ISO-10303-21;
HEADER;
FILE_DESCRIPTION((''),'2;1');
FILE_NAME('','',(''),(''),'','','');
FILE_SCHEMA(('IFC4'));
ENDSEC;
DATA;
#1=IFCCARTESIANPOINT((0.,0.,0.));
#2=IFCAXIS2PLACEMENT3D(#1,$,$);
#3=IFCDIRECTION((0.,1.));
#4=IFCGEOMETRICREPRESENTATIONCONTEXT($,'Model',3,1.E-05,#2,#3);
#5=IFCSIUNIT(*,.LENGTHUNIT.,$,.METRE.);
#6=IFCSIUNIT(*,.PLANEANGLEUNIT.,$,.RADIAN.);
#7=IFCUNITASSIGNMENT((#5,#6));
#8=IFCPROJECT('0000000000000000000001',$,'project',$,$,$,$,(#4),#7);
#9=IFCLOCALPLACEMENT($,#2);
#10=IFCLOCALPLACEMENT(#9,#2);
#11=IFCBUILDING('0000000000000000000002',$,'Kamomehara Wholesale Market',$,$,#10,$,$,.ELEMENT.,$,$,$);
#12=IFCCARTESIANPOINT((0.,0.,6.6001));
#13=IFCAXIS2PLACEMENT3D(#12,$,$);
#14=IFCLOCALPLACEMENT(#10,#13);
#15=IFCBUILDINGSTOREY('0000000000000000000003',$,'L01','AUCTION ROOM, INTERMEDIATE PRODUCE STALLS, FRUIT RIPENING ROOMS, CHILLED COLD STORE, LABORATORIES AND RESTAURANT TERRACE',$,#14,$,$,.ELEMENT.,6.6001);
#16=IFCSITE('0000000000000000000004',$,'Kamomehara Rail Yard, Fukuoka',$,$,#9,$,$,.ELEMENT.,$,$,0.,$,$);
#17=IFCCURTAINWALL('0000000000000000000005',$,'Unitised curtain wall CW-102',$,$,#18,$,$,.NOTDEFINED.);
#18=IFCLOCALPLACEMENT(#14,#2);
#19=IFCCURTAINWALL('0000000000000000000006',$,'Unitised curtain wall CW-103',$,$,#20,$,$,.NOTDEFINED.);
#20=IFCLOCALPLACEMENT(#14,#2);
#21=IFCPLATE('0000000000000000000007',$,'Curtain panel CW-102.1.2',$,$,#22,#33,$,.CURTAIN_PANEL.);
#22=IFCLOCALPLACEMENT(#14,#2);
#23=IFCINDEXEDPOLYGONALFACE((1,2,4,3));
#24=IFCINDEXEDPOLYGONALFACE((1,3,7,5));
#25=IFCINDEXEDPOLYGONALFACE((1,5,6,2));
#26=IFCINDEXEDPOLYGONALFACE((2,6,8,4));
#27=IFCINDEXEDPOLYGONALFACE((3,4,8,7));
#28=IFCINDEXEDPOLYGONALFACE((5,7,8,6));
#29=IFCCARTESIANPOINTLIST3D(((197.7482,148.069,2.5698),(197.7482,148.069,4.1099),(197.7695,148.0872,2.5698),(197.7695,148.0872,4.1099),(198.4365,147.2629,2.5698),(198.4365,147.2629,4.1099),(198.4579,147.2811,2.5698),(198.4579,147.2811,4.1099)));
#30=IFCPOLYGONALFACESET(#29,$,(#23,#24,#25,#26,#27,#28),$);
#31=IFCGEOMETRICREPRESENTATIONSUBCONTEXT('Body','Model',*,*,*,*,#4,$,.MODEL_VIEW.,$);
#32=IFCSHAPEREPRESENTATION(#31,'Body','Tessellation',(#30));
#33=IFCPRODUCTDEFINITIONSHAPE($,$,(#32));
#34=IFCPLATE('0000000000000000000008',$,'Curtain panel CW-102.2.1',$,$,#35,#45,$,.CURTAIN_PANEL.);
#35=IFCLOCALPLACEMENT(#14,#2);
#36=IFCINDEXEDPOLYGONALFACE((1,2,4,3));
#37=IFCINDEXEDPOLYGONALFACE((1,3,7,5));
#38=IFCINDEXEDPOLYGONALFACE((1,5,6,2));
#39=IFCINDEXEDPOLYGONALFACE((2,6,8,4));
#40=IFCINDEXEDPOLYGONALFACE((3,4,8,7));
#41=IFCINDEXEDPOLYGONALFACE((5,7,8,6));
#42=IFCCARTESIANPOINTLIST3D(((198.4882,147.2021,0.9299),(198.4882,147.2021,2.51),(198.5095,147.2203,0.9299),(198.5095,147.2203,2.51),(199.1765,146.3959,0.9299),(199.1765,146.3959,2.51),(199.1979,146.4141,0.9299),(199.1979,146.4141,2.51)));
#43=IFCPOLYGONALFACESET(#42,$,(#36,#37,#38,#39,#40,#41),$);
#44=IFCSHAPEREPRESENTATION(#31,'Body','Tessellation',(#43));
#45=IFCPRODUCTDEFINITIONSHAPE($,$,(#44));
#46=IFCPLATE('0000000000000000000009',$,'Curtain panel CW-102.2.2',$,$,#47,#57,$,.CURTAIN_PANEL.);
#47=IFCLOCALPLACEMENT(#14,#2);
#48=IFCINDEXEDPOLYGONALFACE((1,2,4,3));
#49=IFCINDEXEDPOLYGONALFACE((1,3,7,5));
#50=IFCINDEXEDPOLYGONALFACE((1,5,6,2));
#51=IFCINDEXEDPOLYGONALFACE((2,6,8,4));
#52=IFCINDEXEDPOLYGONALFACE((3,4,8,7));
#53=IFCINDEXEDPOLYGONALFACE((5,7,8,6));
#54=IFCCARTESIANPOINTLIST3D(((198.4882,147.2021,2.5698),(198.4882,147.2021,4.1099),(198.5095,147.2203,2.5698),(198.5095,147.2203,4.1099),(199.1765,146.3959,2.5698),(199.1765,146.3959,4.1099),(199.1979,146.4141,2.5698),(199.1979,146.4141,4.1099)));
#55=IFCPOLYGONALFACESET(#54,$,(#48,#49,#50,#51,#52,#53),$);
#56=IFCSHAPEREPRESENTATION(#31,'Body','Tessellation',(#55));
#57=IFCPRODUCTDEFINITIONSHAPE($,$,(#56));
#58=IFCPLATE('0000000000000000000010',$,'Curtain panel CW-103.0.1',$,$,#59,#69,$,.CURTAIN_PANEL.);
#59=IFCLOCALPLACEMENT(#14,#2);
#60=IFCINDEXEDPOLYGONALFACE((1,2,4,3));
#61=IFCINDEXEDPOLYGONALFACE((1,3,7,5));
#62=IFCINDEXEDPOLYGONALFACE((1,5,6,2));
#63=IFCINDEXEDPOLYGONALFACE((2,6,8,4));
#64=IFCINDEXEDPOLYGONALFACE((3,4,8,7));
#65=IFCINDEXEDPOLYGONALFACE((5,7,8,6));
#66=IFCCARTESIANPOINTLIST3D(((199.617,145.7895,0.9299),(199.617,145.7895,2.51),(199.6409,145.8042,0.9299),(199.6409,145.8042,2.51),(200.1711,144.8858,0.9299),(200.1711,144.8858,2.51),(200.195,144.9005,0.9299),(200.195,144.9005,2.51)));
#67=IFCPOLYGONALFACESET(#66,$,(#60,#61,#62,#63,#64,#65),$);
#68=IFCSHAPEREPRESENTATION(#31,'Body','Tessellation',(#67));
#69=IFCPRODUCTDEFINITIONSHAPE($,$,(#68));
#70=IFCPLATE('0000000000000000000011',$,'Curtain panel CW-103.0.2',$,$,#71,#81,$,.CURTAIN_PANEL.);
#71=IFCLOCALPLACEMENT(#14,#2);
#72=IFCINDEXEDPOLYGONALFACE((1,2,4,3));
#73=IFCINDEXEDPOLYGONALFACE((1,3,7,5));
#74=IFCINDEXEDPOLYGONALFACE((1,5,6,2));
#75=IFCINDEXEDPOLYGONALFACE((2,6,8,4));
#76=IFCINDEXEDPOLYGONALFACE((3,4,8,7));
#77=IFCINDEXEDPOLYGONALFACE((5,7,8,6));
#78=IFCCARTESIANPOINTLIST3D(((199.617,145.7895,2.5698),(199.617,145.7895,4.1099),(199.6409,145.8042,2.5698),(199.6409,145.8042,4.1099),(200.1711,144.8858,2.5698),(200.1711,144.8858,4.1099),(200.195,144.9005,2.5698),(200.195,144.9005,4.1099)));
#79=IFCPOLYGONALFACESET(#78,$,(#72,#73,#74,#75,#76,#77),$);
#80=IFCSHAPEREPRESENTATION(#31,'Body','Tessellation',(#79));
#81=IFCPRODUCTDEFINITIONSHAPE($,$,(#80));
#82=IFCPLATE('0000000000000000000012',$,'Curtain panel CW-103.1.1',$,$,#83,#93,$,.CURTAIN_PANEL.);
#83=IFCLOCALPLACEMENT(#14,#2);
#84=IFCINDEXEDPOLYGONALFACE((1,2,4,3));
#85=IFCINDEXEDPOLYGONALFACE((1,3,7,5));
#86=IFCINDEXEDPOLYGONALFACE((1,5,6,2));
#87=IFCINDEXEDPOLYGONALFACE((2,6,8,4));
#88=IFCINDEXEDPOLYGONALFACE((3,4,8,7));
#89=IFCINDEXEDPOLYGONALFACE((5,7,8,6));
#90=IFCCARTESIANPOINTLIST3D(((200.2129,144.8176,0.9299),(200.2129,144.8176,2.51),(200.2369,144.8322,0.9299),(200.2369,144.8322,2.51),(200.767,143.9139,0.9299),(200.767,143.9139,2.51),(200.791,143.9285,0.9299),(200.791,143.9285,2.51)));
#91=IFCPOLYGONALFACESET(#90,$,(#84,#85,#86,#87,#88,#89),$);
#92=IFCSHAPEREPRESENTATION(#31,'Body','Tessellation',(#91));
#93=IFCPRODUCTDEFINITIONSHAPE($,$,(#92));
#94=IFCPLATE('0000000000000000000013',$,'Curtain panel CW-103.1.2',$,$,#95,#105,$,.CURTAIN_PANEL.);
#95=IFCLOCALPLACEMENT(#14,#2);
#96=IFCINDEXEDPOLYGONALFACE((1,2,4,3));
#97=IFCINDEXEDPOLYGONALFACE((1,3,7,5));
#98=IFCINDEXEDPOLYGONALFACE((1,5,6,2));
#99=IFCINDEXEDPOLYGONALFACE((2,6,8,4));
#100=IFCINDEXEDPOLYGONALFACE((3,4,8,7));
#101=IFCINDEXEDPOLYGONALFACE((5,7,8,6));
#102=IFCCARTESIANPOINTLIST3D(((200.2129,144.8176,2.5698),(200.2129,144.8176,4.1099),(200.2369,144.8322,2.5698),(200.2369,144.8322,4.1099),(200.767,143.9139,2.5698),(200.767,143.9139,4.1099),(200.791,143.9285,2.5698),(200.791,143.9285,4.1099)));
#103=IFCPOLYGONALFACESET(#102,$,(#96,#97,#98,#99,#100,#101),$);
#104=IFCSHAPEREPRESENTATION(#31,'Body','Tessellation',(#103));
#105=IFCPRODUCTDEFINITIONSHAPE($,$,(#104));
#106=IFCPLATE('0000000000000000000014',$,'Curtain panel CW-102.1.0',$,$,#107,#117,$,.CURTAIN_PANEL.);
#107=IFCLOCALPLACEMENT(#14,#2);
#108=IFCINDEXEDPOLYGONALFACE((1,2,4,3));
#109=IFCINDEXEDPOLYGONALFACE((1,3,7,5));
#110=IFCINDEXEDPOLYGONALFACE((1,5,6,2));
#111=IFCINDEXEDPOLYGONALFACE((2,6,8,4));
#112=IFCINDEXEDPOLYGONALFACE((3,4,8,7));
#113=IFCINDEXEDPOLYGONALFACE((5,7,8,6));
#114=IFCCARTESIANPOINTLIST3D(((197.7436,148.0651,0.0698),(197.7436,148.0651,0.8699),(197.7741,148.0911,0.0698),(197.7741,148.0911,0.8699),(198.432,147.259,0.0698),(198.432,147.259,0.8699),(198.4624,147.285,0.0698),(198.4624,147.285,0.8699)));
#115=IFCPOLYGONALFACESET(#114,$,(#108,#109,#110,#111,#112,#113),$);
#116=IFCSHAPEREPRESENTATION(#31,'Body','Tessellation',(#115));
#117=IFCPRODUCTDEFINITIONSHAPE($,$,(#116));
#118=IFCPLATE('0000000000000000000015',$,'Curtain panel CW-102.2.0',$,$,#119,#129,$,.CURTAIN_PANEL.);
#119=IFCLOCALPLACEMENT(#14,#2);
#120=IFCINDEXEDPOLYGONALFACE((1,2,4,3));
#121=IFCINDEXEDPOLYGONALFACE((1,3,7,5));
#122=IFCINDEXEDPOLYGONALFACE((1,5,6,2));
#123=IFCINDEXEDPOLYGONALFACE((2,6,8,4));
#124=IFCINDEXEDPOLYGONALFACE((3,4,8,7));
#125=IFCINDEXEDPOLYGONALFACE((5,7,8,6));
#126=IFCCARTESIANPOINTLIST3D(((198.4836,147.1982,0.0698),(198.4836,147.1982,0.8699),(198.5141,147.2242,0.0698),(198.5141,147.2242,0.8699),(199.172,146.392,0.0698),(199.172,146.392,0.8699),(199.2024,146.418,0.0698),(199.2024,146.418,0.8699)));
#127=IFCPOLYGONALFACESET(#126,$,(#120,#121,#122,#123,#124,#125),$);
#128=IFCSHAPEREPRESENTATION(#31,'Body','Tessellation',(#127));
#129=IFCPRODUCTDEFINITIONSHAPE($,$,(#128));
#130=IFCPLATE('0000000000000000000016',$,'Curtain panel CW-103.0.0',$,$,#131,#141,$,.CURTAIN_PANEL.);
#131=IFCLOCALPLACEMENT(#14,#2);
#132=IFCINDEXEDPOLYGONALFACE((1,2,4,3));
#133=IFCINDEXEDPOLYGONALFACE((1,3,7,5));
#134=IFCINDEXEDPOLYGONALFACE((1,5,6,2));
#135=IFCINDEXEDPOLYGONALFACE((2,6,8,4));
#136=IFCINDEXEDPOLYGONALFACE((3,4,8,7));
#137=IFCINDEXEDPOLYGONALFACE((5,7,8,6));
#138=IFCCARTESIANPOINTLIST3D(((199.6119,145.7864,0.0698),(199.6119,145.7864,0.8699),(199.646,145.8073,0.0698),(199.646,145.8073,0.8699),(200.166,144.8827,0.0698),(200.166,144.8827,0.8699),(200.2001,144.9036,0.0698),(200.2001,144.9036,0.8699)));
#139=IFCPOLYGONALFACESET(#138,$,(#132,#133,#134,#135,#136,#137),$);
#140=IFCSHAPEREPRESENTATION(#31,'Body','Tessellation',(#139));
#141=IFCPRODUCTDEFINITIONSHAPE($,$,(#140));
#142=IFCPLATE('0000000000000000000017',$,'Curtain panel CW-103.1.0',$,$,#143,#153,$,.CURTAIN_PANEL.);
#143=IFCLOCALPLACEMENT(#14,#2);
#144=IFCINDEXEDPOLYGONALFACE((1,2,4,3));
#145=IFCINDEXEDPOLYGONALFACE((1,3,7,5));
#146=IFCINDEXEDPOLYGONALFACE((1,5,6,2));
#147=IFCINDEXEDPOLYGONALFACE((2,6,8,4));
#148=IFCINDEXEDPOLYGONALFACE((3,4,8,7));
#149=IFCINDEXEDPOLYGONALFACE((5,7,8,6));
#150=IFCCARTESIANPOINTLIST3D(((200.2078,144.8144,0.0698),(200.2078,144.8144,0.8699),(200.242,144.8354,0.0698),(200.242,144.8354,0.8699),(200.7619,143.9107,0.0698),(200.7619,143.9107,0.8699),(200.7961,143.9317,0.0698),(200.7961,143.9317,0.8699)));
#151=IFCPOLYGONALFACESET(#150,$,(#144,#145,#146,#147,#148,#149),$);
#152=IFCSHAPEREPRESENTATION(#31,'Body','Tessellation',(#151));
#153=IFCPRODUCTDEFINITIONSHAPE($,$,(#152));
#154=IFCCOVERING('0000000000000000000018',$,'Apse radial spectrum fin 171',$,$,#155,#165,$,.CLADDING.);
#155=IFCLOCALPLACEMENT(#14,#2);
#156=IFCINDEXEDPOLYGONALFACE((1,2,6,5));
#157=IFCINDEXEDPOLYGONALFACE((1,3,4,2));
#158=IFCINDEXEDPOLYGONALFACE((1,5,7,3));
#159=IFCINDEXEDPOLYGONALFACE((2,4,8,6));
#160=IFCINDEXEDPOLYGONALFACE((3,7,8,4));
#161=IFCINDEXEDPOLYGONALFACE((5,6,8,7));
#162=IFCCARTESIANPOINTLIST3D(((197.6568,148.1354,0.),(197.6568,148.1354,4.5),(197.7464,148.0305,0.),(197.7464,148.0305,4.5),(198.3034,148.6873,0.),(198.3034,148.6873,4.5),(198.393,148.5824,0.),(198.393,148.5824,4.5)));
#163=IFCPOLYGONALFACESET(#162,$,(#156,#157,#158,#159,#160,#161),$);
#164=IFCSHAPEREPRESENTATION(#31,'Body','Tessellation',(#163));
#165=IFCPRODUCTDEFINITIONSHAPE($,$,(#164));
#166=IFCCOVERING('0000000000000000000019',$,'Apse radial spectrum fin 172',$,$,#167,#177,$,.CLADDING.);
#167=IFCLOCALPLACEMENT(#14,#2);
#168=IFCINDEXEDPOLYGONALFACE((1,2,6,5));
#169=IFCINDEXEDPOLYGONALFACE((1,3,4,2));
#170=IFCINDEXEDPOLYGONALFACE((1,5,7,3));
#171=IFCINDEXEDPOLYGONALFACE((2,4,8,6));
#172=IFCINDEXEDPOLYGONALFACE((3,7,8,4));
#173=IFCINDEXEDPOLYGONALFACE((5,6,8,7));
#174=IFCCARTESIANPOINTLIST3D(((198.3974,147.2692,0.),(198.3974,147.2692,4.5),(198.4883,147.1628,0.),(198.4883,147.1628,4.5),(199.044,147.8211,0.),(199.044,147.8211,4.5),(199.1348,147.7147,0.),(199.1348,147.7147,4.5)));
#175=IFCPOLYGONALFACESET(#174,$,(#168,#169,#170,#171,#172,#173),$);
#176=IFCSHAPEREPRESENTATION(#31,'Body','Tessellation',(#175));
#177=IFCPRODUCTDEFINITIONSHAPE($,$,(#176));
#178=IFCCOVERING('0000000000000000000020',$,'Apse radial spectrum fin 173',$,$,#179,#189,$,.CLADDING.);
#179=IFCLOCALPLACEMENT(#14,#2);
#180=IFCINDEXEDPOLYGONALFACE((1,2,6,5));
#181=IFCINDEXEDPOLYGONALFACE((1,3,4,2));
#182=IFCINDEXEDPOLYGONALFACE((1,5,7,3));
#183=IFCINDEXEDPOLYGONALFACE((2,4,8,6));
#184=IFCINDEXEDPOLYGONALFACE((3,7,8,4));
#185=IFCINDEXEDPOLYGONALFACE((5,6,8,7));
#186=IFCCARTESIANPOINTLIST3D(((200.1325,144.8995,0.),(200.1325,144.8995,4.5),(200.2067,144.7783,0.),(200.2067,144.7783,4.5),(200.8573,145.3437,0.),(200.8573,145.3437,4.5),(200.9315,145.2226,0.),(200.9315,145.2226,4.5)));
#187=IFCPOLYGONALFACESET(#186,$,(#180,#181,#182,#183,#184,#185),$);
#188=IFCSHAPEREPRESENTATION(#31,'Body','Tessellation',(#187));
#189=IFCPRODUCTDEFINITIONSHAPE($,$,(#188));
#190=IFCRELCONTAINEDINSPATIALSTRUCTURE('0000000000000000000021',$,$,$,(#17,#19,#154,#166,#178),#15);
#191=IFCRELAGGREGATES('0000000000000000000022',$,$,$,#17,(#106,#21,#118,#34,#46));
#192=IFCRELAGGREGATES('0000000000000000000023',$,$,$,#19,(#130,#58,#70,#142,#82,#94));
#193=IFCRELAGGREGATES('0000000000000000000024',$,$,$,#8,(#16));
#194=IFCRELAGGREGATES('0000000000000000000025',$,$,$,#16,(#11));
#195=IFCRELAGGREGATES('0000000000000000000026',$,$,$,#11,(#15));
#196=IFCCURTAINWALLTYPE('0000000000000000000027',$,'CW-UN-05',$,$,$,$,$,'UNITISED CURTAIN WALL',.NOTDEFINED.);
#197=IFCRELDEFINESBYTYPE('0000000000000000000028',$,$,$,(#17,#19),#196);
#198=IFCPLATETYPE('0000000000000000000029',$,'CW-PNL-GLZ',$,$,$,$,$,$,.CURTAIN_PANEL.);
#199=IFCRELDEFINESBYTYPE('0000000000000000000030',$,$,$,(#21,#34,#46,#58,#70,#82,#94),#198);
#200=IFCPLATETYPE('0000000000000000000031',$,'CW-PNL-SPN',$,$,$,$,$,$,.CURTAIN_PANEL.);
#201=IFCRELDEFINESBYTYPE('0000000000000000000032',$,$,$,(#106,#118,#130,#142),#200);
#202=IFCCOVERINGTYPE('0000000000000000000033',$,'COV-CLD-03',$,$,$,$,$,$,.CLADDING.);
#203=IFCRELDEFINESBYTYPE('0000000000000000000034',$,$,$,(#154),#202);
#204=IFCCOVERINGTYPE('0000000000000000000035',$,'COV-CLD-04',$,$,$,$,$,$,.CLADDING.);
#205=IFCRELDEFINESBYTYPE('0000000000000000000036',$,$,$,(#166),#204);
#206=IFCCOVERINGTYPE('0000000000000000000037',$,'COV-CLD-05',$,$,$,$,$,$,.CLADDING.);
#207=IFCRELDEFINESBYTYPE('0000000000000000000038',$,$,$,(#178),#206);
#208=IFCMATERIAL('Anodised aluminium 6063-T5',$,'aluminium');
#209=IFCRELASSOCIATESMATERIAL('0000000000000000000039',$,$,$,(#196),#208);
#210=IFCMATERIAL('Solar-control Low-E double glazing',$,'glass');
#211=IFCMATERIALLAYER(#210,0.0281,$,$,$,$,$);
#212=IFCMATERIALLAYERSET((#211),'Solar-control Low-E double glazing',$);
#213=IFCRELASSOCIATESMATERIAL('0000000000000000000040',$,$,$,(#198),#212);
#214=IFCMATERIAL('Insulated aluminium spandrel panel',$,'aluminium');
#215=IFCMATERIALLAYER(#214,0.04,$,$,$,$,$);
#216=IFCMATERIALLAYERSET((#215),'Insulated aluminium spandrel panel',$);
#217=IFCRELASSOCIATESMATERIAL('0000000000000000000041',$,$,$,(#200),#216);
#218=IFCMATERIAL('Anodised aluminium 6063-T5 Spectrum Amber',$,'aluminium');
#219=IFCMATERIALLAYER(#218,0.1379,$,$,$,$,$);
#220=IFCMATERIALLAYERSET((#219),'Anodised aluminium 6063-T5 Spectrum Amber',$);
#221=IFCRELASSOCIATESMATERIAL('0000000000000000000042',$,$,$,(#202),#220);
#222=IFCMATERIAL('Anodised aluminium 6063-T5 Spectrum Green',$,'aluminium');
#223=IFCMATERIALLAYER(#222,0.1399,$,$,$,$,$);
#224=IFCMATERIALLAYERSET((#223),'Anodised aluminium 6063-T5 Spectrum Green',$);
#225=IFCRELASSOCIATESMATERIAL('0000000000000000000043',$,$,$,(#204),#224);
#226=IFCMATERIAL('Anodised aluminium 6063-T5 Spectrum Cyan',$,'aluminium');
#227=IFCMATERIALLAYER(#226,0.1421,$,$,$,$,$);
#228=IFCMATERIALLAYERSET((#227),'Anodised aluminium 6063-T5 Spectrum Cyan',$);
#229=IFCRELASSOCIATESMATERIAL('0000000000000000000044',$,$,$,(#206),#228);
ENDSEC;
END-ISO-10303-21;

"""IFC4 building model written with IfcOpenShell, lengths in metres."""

from ifc_helpers import new_model, si_unit, direction, frame, origin, origin_2d, place, context, subcontext, project, spatial, rectangle, extrude, material, layer, layer_set, type_object, element, aggregate, save


model = new_model("IFC4")

# Units and contexts
model_context = context("Model", 3, precision=1e-05, world=origin(), true_north=direction((0.0, 1.0)))
body_context = subcontext(model_context, "Body", "Model", "MODEL_VIEW")
ifc_project = project(units=[si_unit("LENGTHUNIT", "METRE"), si_unit("PLANEANGLEUNIT", "RADIAN")], contexts=[model_context])

# Site, building, storey
site_placement = place(None, origin())
site = spatial("IfcSite", under=ifc_project, at=site_placement, Name="Kamomehara Rail Yard, Fukuoka", CompositionType="ELEMENT", RefElevation=0.0)
building_placement = place(site_placement, origin())
building = spatial("IfcBuilding", under=site, at=building_placement, Name="Kamomehara Wholesale Market", CompositionType="ELEMENT")
storey_placement = place(building_placement, frame((0.0, 0.0, 6.6001)))
storey = spatial("IfcBuildingStorey", under=building, at=storey_placement, Name="L01", Description="AUCTION ROOM, INTERMEDIATE PRODUCE STALLS, FRUIT RIPENING ROOMS, CHILLED COLD STORE, LABORATORIES AND RESTAURANT TERRACE", CompositionType="ELEMENT", Elevation=6.6001)

# Curtain walls
ifc_material_1 = material(Name="Anodised aluminium 6063-T5", Category="aluminium")
curtain_wall_type = type_object("IfcCurtainWallType", Name="CW-UN-05", ElementType="UNITISED CURTAIN WALL", PredefinedType="NOTDEFINED", material=ifc_material_1)
curtain_wall_1_placement = place(storey_placement, origin())
curtain_wall_1 = element("IfcCurtainWall", 1, at=curtain_wall_1_placement, inside=storey, type_object=curtain_wall_type, Name="Unitised curtain wall CW-102", PredefinedType="NOTDEFINED")
curtain_wall_2_placement = place(storey_placement, origin())
curtain_wall_2 = element("IfcCurtainWall", 2, at=curtain_wall_2_placement, inside=storey, type_object=curtain_wall_type, Name="Unitised curtain wall CW-103", PredefinedType="NOTDEFINED")

# Plates
ifc_material_2 = material(Name="Solar-control Low-E double glazing", Category="glass")
ifc_layer_1 = layer(ifc_material_2, 0.0281)
ifc_layer_set_1 = layer_set([ifc_layer_1], Name="Solar-control Low-E double glazing")
plate_type_1 = type_object("IfcPlateType", Name="CW-PNL-GLZ", PredefinedType="CURTAIN_PANEL", material=ifc_layer_set_1)
plate_1_placement = place(storey_placement, frame((198.103, 147.675, 2.5698), z_axis=(0.0, 0.0, 1.0), x_axis=(0.649368, -0.760474, 0.0)))
plate_1 = element("IfcPlate", 3, at=plate_1_placement, type_object=plate_type_1, Name="Curtain panel CW-102.1.2", PredefinedType="CURTAIN_PANEL", context=body_context, shape_type="SweptSolid", body=[
    extrude(rectangle(XDim=1.0601, YDim=0.0281, at=origin_2d()), origin(), (0.0, 0.0, 1.0), 1.54),
])
plate_2_placement = place(storey_placement, frame((198.843, 146.8081, 0.9299), z_axis=(0.0, 0.0, 1.0), x_axis=(0.649368, -0.760474, 0.0)))
plate_2 = element("IfcPlate", 4, at=plate_2_placement, type_object=plate_type_1, Name="Curtain panel CW-102.2.1", PredefinedType="CURTAIN_PANEL", context=body_context, shape_type="SweptSolid", body=[
    extrude(rectangle(XDim=1.0601, YDim=0.0281, at=origin_2d()), origin(), (0.0, 0.0, 1.0), 1.5801),
])
plate_3_placement = place(storey_placement, frame((198.843, 146.8081, 2.5698), z_axis=(0.0, 0.0, 1.0), x_axis=(0.649368, -0.760474, 0.0)))
plate_3 = element("IfcPlate", 5, at=plate_3_placement, type_object=plate_type_1, Name="Curtain panel CW-102.2.2", PredefinedType="CURTAIN_PANEL", context=body_context, shape_type="SweptSolid", body=[
    extrude(rectangle(XDim=1.0601, YDim=0.0281, at=origin_2d()), origin(), (0.0, 0.0, 1.0), 1.54),
])
plate_4_placement = place(storey_placement, frame((199.906, 145.345, 0.9299), z_axis=(0.0, 0.0, 1.0), x_axis=(0.522722, -0.852503, 0.0)))
plate_4 = element("IfcPlate", 6, at=plate_4_placement, type_object=plate_type_1, Name="Curtain panel CW-103.0.1", PredefinedType="CURTAIN_PANEL", context=body_context, shape_type="SweptSolid", body=[
    extrude(rectangle(XDim=1.0601, YDim=0.0281, at=origin_2d()), origin(), (0.0, 0.0, 1.0), 1.5801),
])
plate_5_placement = place(storey_placement, frame((199.906, 145.345, 2.5698), z_axis=(0.0, 0.0, 1.0), x_axis=(0.522722, -0.852503, 0.0)))
plate_5 = element("IfcPlate", 7, at=plate_5_placement, type_object=plate_type_1, Name="Curtain panel CW-103.0.2", PredefinedType="CURTAIN_PANEL", context=body_context, shape_type="SweptSolid", body=[
    extrude(rectangle(XDim=1.0601, YDim=0.0281, at=origin_2d()), origin(), (0.0, 0.0, 1.0), 1.54),
])
plate_6_placement = place(storey_placement, frame((200.502, 144.373, 0.9299), z_axis=(0.0, 0.0, 1.0), x_axis=(0.522722, -0.852503, 0.0)))
plate_6 = element("IfcPlate", 8, at=plate_6_placement, type_object=plate_type_1, Name="Curtain panel CW-103.1.1", PredefinedType="CURTAIN_PANEL", context=body_context, shape_type="SweptSolid", body=[
    extrude(rectangle(XDim=1.0601, YDim=0.0281, at=origin_2d()), origin(), (0.0, 0.0, 1.0), 1.5801),
])
plate_7_placement = place(storey_placement, frame((200.502, 144.373, 2.5698), z_axis=(0.0, 0.0, 1.0), x_axis=(0.522722, -0.852503, 0.0)))
plate_7 = element("IfcPlate", 9, at=plate_7_placement, type_object=plate_type_1, Name="Curtain panel CW-103.1.2", PredefinedType="CURTAIN_PANEL", context=body_context, shape_type="SweptSolid", body=[
    extrude(rectangle(XDim=1.0601, YDim=0.0281, at=origin_2d()), origin(), (0.0, 0.0, 1.0), 1.54),
])
ifc_material_3 = material(Name="Insulated aluminium spandrel panel", Category="aluminium")
ifc_layer_2 = layer(ifc_material_3, 0.04)
ifc_layer_set_2 = layer_set([ifc_layer_2], Name="Insulated aluminium spandrel panel")
plate_type_2 = type_object("IfcPlateType", Name="CW-PNL-SPN", PredefinedType="CURTAIN_PANEL", material=ifc_layer_set_2)
plate_8_placement = place(storey_placement, frame((198.103, 147.675, 0.0698), z_axis=(0.0, 0.0, 1.0), x_axis=(0.649368, -0.760474, 0.0)))
plate_8 = element("IfcPlate", 10, at=plate_8_placement, type_object=plate_type_2, Name="Curtain panel CW-102.1.0", PredefinedType="CURTAIN_PANEL", context=body_context, shape_type="SweptSolid", body=[
    extrude(rectangle(XDim=1.0601, YDim=0.04, at=origin_2d()), origin(), (0.0, 0.0, 1.0), 0.8),
])
plate_9_placement = place(storey_placement, frame((198.843, 146.8081, 0.0698), z_axis=(0.0, 0.0, 1.0), x_axis=(0.649368, -0.760474, 0.0)))
plate_9 = element("IfcPlate", 11, at=plate_9_placement, type_object=plate_type_2, Name="Curtain panel CW-102.2.0", PredefinedType="CURTAIN_PANEL", context=body_context, shape_type="SweptSolid", body=[
    extrude(rectangle(XDim=1.0601, YDim=0.04, at=origin_2d()), origin(), (0.0, 0.0, 1.0), 0.8),
])
aggregate(curtain_wall_1, [plate_8, plate_1, plate_9, plate_2, plate_3])
plate_10_placement = place(storey_placement, frame((199.906, 145.345, 0.0698), z_axis=(0.0, 0.0, 1.0), x_axis=(0.522722, -0.852503, 0.0)))
plate_10 = element("IfcPlate", 12, at=plate_10_placement, type_object=plate_type_2, Name="Curtain panel CW-103.0.0", PredefinedType="CURTAIN_PANEL", context=body_context, shape_type="SweptSolid", body=[
    extrude(rectangle(XDim=1.0601, YDim=0.04, at=origin_2d()), origin(), (0.0, 0.0, 1.0), 0.8),
])
plate_11_placement = place(storey_placement, frame((200.502, 144.373, 0.0698), z_axis=(0.0, 0.0, 1.0), x_axis=(0.522722, -0.852503, 0.0)))
plate_11 = element("IfcPlate", 13, at=plate_11_placement, type_object=plate_type_2, Name="Curtain panel CW-103.1.0", PredefinedType="CURTAIN_PANEL", context=body_context, shape_type="SweptSolid", body=[
    extrude(rectangle(XDim=1.0601, YDim=0.04, at=origin_2d()), origin(), (0.0, 0.0, 1.0), 0.8),
])
aggregate(curtain_wall_2, [plate_10, plate_4, plate_5, plate_11, plate_6, plate_7])

# Coverings
ifc_material_4 = material(Name="Anodised aluminium 6063-T5 Spectrum Amber", Category="aluminium")
ifc_layer_3 = layer(ifc_material_4, 0.1379)
ifc_layer_set_3 = layer_set([ifc_layer_3], Name="Anodised aluminium 6063-T5 Spectrum Amber")
covering_type_1 = type_object("IfcCoveringType", Name="COV-CLD-03", PredefinedType="CLADDING", material=ifc_layer_set_3)
covering_1_placement = place(storey_placement, frame((198.0249, 148.3589, 0.0), z_axis=(0.0, 0.0, 1.0), x_axis=(0.649276, -0.760553, 0.0)))
element("IfcCovering", 14, at=covering_1_placement, inside=storey, type_object=covering_type_1, Name="Apse radial spectrum fin 171", PredefinedType="CLADDING", context=body_context, shape_type="SweptSolid", body=[
    extrude(rectangle(XDim=0.1379, YDim=0.8501, at=origin_2d()), origin(), (0.0, 0.0, 1.0), 4.5),
])
ifc_material_5 = material(Name="Anodised aluminium 6063-T5 Spectrum Green", Category="aluminium")
ifc_layer_4 = layer(ifc_material_5, 0.1399)
ifc_layer_set_4 = layer_set([ifc_layer_4], Name="Anodised aluminium 6063-T5 Spectrum Green")
covering_type_2 = type_object("IfcCoveringType", Name="COV-CLD-04", PredefinedType="CLADDING", material=ifc_layer_set_4)
covering_2_placement = place(storey_placement, frame((198.7661, 147.4919, 0.0), z_axis=(0.0, 0.0, 1.0), x_axis=(0.649276, -0.760553, 0.0)))
element("IfcCovering", 15, at=covering_2_placement, inside=storey, type_object=covering_type_2, Name="Apse radial spectrum fin 172", PredefinedType="CLADDING", context=body_context, shape_type="SweptSolid", body=[
    extrude(rectangle(XDim=0.1399, YDim=0.8501, at=origin_2d()), origin(), (0.0, 0.0, 1.0), 4.5),
])
ifc_material_6 = material(Name="Anodised aluminium 6063-T5 Spectrum Cyan", Category="aluminium")
ifc_layer_5 = layer(ifc_material_6, 0.1421)
ifc_layer_set_5 = layer_set([ifc_layer_5], Name="Anodised aluminium 6063-T5 Spectrum Cyan")
covering_type_3 = type_object("IfcCoveringType", Name="COV-CLD-05", PredefinedType="CLADDING", material=ifc_layer_set_5)
covering_3_placement = place(storey_placement, frame((200.532, 145.061, 0.0), z_axis=(0.0, 0.0, 1.0), x_axis=(0.522558, -0.852604, 0.0)))
element("IfcCovering", 16, at=covering_3_placement, inside=storey, type_object=covering_type_3, Name="Apse radial spectrum fin 173", PredefinedType="CLADDING", context=body_context, shape_type="SweptSolid", body=[
    extrude(rectangle(XDim=0.1421, YDim=0.8501, at=origin_2d()), origin(), (0.0, 0.0, 1.0), 4.5),
])

save(model, "model.ifc")
